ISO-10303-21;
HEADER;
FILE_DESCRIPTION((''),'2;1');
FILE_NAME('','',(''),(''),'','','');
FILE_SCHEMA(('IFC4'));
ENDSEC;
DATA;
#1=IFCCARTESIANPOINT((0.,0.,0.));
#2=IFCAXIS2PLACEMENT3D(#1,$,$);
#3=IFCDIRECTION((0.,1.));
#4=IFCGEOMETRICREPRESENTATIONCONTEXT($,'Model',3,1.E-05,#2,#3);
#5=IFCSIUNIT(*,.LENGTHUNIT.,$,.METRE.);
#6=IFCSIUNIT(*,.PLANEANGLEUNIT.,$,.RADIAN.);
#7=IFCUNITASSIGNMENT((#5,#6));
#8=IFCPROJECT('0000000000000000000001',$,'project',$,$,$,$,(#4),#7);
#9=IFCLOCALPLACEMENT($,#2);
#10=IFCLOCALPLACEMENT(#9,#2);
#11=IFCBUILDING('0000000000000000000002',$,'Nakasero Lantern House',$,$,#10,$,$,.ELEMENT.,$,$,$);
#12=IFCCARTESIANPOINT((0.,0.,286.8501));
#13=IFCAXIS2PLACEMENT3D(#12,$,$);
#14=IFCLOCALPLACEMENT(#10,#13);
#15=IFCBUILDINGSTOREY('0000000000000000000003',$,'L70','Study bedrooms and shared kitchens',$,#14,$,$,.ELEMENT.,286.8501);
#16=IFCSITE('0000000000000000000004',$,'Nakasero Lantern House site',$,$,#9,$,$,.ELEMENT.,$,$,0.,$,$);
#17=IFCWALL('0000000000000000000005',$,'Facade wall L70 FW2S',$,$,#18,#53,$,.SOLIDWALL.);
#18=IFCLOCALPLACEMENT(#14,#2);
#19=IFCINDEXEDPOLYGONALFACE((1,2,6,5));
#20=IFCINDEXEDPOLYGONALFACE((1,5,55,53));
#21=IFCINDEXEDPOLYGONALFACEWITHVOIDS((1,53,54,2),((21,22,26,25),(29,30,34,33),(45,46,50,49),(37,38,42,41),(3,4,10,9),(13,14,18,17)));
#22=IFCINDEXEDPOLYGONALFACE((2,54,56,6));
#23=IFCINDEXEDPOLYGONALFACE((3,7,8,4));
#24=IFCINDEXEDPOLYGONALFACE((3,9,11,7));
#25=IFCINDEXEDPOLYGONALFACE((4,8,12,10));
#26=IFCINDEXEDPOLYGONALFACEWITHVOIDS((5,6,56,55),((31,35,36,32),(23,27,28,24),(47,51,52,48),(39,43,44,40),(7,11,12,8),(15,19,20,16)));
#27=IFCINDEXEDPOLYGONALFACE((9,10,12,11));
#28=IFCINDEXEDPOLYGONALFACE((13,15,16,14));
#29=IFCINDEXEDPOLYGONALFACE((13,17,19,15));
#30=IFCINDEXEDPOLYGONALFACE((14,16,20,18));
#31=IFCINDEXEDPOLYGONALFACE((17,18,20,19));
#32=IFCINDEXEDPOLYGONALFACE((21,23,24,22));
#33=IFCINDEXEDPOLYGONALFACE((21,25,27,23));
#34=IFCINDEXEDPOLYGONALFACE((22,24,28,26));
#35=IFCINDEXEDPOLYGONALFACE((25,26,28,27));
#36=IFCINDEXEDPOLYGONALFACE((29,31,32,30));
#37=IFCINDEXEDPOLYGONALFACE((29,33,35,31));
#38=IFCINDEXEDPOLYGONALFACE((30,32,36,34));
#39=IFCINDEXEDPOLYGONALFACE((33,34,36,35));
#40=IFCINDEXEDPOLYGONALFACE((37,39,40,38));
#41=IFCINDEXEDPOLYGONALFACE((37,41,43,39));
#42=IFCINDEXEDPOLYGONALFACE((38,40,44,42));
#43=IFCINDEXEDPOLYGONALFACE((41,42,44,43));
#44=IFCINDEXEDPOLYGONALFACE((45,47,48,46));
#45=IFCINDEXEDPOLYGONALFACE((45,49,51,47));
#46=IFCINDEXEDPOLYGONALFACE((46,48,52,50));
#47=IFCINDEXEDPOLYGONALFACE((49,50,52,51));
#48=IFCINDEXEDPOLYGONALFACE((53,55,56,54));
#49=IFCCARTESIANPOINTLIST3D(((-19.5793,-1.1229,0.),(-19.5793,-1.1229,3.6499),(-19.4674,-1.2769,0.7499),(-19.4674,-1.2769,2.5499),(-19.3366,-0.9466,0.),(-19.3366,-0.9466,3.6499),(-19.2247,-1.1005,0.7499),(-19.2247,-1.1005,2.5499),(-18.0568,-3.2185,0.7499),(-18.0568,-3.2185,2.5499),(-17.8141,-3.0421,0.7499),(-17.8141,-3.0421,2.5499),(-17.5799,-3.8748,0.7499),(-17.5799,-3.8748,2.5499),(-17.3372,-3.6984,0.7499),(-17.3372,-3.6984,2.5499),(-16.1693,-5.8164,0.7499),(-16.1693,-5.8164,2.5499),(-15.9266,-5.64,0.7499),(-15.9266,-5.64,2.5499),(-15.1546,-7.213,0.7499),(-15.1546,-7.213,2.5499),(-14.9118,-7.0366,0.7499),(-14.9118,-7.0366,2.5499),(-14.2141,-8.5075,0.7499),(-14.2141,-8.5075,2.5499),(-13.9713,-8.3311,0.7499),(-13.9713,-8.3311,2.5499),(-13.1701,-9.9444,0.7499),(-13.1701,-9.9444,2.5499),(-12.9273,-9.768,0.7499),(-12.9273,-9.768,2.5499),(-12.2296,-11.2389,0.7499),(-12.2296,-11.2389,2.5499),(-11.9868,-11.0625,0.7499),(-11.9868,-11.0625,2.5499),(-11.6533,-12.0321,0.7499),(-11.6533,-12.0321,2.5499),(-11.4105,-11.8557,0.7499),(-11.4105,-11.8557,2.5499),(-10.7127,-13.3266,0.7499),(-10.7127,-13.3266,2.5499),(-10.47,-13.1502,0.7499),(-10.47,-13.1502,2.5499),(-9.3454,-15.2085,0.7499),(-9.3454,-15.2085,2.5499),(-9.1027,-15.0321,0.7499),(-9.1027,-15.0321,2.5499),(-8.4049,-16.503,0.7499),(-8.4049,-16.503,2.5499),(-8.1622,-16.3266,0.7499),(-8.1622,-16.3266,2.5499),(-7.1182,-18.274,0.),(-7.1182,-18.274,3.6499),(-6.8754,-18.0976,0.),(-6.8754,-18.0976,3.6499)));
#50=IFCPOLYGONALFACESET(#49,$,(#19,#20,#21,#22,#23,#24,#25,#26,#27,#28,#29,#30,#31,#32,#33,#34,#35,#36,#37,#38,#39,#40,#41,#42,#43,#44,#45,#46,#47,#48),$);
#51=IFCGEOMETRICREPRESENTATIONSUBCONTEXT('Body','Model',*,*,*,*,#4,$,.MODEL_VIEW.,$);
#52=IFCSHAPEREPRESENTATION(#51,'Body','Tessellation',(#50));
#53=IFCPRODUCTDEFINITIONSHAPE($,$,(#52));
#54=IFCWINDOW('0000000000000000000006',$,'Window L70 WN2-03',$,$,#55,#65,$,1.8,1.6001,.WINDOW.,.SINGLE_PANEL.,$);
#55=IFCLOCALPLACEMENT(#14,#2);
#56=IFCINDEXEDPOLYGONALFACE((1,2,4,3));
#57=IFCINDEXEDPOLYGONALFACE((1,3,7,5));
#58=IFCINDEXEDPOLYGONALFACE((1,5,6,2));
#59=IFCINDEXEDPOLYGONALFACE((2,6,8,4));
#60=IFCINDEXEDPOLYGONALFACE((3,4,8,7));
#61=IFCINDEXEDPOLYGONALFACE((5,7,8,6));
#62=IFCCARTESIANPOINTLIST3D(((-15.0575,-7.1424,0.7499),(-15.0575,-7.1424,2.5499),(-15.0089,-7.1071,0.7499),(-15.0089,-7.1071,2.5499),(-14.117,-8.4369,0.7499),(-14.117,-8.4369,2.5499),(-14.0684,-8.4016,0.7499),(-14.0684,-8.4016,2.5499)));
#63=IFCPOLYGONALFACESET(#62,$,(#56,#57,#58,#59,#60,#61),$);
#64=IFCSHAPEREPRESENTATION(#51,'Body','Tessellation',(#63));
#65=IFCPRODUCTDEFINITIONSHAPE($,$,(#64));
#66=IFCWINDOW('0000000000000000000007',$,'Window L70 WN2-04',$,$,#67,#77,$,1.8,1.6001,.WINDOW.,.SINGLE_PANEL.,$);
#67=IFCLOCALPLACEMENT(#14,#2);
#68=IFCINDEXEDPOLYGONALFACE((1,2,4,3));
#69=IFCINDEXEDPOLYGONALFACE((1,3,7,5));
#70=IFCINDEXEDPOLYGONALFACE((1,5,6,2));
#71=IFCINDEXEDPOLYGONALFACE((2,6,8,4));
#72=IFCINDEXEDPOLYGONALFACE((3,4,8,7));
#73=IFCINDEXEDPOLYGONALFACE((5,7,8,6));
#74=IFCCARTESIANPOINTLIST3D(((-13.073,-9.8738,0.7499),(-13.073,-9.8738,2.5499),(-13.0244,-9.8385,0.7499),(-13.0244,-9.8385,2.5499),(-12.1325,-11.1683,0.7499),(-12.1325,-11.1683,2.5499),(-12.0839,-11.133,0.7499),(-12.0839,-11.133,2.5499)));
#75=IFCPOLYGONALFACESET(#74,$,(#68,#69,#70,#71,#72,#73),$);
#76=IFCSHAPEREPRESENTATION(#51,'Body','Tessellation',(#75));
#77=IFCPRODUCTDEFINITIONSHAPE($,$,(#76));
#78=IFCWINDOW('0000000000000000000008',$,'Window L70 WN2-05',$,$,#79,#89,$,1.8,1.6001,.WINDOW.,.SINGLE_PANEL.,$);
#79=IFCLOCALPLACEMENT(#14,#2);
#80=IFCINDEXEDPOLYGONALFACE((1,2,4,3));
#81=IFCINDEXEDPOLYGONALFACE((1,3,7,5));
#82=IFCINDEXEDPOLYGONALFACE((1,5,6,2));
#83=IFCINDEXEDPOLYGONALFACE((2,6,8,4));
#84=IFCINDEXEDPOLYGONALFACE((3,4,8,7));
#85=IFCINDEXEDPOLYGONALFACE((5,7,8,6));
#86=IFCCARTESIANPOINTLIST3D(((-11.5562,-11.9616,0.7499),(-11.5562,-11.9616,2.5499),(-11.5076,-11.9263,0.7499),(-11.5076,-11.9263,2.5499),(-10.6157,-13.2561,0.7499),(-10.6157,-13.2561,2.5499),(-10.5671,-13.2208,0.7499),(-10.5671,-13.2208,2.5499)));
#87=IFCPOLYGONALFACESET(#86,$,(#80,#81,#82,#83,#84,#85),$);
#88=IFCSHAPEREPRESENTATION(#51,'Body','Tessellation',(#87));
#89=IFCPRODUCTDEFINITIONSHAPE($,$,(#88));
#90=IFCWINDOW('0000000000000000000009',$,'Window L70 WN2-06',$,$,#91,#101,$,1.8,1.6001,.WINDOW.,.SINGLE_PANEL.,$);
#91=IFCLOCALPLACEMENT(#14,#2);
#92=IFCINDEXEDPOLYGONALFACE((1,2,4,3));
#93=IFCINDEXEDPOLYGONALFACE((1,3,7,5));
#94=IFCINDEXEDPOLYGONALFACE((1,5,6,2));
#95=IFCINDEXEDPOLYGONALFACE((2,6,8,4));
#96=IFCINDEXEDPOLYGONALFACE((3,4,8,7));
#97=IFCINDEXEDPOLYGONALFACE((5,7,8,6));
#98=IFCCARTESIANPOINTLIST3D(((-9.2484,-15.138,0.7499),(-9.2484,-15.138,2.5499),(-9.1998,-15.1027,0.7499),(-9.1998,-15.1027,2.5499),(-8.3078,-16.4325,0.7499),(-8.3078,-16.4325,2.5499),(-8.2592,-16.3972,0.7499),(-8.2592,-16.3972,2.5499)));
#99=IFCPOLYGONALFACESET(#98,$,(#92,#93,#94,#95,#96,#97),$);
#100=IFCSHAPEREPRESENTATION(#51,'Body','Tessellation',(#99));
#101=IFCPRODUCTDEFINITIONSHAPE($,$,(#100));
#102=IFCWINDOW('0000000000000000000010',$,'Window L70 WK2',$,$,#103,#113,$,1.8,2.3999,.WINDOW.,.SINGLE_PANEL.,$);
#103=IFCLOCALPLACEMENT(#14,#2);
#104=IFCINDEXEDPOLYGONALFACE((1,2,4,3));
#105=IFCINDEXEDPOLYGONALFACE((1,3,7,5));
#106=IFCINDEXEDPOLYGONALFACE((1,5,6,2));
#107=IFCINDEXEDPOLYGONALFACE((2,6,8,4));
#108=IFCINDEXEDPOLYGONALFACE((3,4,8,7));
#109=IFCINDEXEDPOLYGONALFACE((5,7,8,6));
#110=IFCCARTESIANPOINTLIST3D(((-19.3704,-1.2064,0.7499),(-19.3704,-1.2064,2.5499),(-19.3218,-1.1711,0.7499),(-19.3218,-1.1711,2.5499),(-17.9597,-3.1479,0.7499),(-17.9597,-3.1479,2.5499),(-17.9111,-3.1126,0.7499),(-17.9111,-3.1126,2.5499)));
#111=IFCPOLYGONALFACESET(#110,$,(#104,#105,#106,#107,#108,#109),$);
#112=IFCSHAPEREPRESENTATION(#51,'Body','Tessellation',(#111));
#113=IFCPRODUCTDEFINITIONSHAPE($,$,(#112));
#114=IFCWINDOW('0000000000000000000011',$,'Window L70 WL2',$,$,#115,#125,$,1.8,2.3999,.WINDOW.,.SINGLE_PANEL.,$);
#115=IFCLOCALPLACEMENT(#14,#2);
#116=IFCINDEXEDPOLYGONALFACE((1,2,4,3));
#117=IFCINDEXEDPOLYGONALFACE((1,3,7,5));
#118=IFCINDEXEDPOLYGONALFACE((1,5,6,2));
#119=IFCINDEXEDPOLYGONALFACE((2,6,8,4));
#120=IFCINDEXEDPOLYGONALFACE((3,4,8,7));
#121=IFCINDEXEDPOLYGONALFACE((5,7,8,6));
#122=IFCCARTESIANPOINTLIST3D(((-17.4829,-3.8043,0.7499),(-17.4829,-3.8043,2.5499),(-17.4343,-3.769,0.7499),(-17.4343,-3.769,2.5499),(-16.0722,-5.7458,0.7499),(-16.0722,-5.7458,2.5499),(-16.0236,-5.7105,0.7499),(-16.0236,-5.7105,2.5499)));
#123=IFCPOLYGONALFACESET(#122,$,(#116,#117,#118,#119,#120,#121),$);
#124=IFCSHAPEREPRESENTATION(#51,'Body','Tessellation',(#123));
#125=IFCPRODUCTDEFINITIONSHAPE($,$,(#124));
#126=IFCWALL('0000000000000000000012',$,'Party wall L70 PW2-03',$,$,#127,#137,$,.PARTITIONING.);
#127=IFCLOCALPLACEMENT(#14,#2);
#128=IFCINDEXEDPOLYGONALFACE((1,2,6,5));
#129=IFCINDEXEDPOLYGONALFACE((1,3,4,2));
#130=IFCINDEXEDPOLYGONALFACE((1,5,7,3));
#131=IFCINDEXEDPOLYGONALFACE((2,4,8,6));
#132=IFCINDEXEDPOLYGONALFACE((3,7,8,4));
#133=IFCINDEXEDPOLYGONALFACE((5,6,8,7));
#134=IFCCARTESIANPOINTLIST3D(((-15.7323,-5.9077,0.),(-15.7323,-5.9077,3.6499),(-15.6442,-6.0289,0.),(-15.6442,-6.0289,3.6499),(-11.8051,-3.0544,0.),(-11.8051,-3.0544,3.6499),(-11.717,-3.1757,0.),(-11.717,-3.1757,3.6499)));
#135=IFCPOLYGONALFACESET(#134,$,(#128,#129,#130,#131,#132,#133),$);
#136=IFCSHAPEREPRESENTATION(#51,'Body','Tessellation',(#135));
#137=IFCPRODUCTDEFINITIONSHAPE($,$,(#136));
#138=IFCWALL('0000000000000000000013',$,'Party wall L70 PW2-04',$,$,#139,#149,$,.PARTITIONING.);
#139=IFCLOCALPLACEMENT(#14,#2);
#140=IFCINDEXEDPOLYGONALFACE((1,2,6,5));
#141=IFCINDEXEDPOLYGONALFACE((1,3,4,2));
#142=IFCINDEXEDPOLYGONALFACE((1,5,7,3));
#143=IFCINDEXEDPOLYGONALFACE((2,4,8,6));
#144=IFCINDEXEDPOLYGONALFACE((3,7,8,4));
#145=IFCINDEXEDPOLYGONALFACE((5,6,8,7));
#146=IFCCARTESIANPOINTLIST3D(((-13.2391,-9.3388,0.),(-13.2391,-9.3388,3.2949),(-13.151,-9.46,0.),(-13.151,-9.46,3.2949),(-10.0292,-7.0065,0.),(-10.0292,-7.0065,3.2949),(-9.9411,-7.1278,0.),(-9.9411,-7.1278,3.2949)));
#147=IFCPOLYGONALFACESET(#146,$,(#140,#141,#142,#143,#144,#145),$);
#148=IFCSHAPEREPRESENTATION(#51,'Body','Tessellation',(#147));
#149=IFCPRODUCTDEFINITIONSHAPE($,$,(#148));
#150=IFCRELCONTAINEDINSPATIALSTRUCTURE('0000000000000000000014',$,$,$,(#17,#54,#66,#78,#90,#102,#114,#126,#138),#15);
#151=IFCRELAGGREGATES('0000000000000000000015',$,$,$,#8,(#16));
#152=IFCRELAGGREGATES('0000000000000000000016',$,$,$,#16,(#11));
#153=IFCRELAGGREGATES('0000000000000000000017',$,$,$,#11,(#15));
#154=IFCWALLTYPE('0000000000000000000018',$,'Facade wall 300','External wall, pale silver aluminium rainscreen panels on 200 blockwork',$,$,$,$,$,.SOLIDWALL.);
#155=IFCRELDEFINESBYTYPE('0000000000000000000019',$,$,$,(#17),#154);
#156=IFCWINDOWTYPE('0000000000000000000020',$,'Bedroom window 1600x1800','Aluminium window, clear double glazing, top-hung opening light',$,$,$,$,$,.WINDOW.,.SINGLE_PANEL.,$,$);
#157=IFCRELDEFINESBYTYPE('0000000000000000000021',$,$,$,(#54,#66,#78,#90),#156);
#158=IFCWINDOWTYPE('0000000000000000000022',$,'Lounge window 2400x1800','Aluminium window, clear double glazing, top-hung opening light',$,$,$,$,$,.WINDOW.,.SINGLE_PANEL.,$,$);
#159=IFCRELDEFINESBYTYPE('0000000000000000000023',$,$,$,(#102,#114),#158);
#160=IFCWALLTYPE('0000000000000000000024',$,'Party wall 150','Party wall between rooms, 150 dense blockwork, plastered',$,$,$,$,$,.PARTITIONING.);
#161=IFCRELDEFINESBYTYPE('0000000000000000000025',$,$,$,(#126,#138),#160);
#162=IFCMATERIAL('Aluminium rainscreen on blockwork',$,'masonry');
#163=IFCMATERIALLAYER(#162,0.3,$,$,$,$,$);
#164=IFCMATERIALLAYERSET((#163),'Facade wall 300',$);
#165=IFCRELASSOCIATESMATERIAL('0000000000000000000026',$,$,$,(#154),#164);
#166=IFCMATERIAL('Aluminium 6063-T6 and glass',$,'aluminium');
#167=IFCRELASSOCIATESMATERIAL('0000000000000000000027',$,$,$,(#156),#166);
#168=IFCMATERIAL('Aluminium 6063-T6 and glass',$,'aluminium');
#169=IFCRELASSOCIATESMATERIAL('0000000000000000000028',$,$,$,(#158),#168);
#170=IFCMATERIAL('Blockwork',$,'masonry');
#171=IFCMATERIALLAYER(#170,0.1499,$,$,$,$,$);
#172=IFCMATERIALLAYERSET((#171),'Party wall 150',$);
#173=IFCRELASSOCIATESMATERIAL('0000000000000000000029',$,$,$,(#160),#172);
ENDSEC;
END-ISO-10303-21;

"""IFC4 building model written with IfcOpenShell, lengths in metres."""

from ifc_helpers import new_model, si_unit, direction, frame, frame_2d, origin, place, context, subcontext, project, spatial, rectangle, extrude, material, layer, layer_set, type_object, element, fill, save


model = new_model("IFC4")

# Units and contexts
model_context = context("Model", 3, precision=1e-05, world=origin(), true_north=direction((0.0, 1.0)))
body_context = subcontext(model_context, "Body", "Model", "MODEL_VIEW")
ifc_project = project(units=[si_unit("LENGTHUNIT", "METRE"), si_unit("PLANEANGLEUNIT", "RADIAN")], contexts=[model_context])

# Site, building, storey
site_placement = place(None, origin())
site = spatial("IfcSite", under=ifc_project, at=site_placement, Name="Nakasero Lantern House site", CompositionType="ELEMENT", RefElevation=0.0)
building_placement = place(site_placement, origin())
building = spatial("IfcBuilding", under=site, at=building_placement, Name="Nakasero Lantern House", CompositionType="ELEMENT")
storey_placement = place(building_placement, frame((0.0, 0.0, 286.8501)))
storey = spatial("IfcBuildingStorey", under=building, at=storey_placement, Name="L70", Description="Study bedrooms and shared kitchens", CompositionType="ELEMENT", Elevation=286.8501)

# Wall, openings, windows
ifc_material_1 = material(Name="Aluminium rainscreen on blockwork", Category="masonry")
ifc_layer_1 = layer(ifc_material_1, 0.3)
ifc_layer_set_1 = layer_set([ifc_layer_1], Name="Facade wall 300")
wall_type_1 = type_object("IfcWallType", Name="Facade wall 300", Description="External wall, pale silver aluminium rainscreen panels on 200 blockwork", PredefinedType="SOLIDWALL", material=ifc_layer_set_1)
wall_1_placement = place(storey_placement, frame((-19.458, -1.0347, 0.0), z_axis=(0.0, 0.0, 1.0), x_axis=(0.58779, -0.809013, 0.0)))
wall_1 = element("IfcWall", 1, at=wall_1_placement, inside=storey, type_object=wall_type_1, Name="Facade wall L70 FW2S", PredefinedType="SOLIDWALL", context=body_context, shape_type="SweptSolid", body=[
    extrude(rectangle(XDim=21.2, YDim=0.3, at=frame_2d((10.6001, 0.0))), origin(), (0.0, 0.0, 1.0), 3.6499),
])
opening_1_placement = place(wall_1_placement, frame((7.5278, 0.0, 0.75)))
opening_1 = element("IfcOpeningElement", 2, at=opening_1_placement, cuts=wall_1, PredefinedType="OPENING", context=body_context, shape_type="SweptSolid", body=[
    extrude(rectangle(XDim=1.6001, YDim=1.8, at=frame_2d((0.8, 0.8999))), frame((0.0, 0.1699, 0.0), z_axis=(0.0, -1.0, 0.0), x_axis=(1.0, 0.0, 0.0)), (0.0, 0.0, 1.0), 0.3401),
])
opening_2_placement = place(wall_1_placement, frame((10.9041, 0.0, 0.75)))
opening_2 = element("IfcOpeningElement", 3, at=opening_2_placement, cuts=wall_1, PredefinedType="OPENING", context=body_context, shape_type="SweptSolid", body=[
    extrude(rectangle(XDim=1.6001, YDim=1.8, at=frame_2d((0.8, 0.8999))), frame((0.0, 0.1699, 0.0), z_axis=(0.0, -1.0, 0.0), x_axis=(1.0, 0.0, 0.0)), (0.0, 0.0, 1.0), 0.3401),
])
opening_3_placement = place(wall_1_placement, frame((13.4846, 0.0, 0.75)))
opening_3 = element("IfcOpeningElement", 4, at=opening_3_placement, cuts=wall_1, PredefinedType="OPENING", context=body_context, shape_type="SweptSolid", body=[
    extrude(rectangle(XDim=1.6001, YDim=1.8, at=frame_2d((0.8, 0.8999))), frame((0.0, 0.1699, 0.0), z_axis=(0.0, -1.0, 0.0), x_axis=(1.0, 0.0, 0.0)), (0.0, 0.0, 1.0), 0.3401),
])
opening_4_placement = place(wall_1_placement, frame((17.4109, 0.0, 0.75)))
opening_4 = element("IfcOpeningElement", 5, at=opening_4_placement, cuts=wall_1, PredefinedType="OPENING", context=body_context, shape_type="SweptSolid", body=[
    extrude(rectangle(XDim=1.6001, YDim=1.8, at=frame_2d((0.8, 0.8999))), frame((0.0, 0.1699, 0.0), z_axis=(0.0, -1.0, 0.0), x_axis=(1.0, 0.0, 0.0)), (0.0, 0.0, 1.0), 0.3401),
])
opening_5_placement = place(wall_1_placement, frame((0.1904, 0.0, 0.75)))
opening_5 = element("IfcOpeningElement", 6, at=opening_5_placement, cuts=wall_1, PredefinedType="OPENING", context=body_context, shape_type="SweptSolid", body=[
    extrude(rectangle(XDim=2.3999, YDim=1.8, at=frame_2d((1.2, 0.8999))), frame((0.0, 0.1699, 0.0), z_axis=(0.0, -1.0, 0.0), x_axis=(1.0, 0.0, 0.0)), (0.0, 0.0, 1.0), 0.3401),
])
opening_6_placement = place(wall_1_placement, frame((3.4016, 0.0, 0.75)))
opening_6 = element("IfcOpeningElement", 7, at=opening_6_placement, cuts=wall_1, PredefinedType="OPENING", context=body_context, shape_type="SweptSolid", body=[
    extrude(rectangle(XDim=2.3999, YDim=1.8, at=frame_2d((1.2, 0.8999))), frame((0.0, 0.1699, 0.0), z_axis=(0.0, -1.0, 0.0), x_axis=(1.0, 0.0, 0.0)), (0.0, 0.0, 1.0), 0.3401),
])
ifc_material_2 = material(Name="Aluminium 6063-T6 and glass", Category="aluminium")
window_type_1 = type_object("IfcWindowType", Name="Bedroom window 1600x1800", Description="Aluminium window, clear double glazing, top-hung opening light", PartitioningType="SINGLE_PANEL", PredefinedType="WINDOW", material=ifc_material_2)
window_1_placement = place(opening_1_placement, origin())
window_1 = element("IfcWindow", 8, at=window_1_placement, inside=storey, type_object=window_type_1, Name="Window L70 WN2-03", OverallHeight=1.8, OverallWidth=1.6001, PartitioningType="SINGLE_PANEL", PredefinedType="WINDOW", context=body_context, shape_type="SweptSolid", body=[
    extrude(rectangle(XDim=1.6001, YDim=1.8, at=frame_2d((0.8, 0.8999))), frame((0.0, 0.03, 0.0), z_axis=(0.0, -1.0, 0.0), x_axis=(1.0, 0.0, 0.0)), (0.0, 0.0, 1.0), 0.0601),
])
fill(opening_1, window_1)
window_2_placement = place(opening_2_placement, origin())
window_2 = element("IfcWindow", 9, at=window_2_placement, inside=storey, type_object=window_type_1, Name="Window L70 WN2-04", OverallHeight=1.8, OverallWidth=1.6001, PartitioningType="SINGLE_PANEL", PredefinedType="WINDOW", context=body_context, shape_type="SweptSolid", body=[
    extrude(rectangle(XDim=1.6001, YDim=1.8, at=frame_2d((0.8, 0.8999))), frame((0.0, 0.03, 0.0), z_axis=(0.0, -1.0, 0.0), x_axis=(1.0, 0.0, 0.0)), (0.0, 0.0, 1.0), 0.0601),
])
fill(opening_2, window_2)
window_3_placement = place(opening_3_placement, origin())
window_3 = element("IfcWindow", 10, at=window_3_placement, inside=storey, type_object=window_type_1, Name="Window L70 WN2-05", OverallHeight=1.8, OverallWidth=1.6001, PartitioningType="SINGLE_PANEL", PredefinedType="WINDOW", context=body_context, shape_type="SweptSolid", body=[
    extrude(rectangle(XDim=1.6001, YDim=1.8, at=frame_2d((0.8, 0.8999))), frame((0.0, 0.03, 0.0), z_axis=(0.0, -1.0, 0.0), x_axis=(1.0, 0.0, 0.0)), (0.0, 0.0, 1.0), 0.0601),
])
fill(opening_3, window_3)
window_4_placement = place(opening_4_placement, origin())
window_4 = element("IfcWindow", 11, at=window_4_placement, inside=storey, type_object=window_type_1, Name="Window L70 WN2-06", OverallHeight=1.8, OverallWidth=1.6001, PartitioningType="SINGLE_PANEL", PredefinedType="WINDOW", context=body_context, shape_type="SweptSolid", body=[
    extrude(rectangle(XDim=1.6001, YDim=1.8, at=frame_2d((0.8, 0.8999))), frame((0.0, 0.03, 0.0), z_axis=(0.0, -1.0, 0.0), x_axis=(1.0, 0.0, 0.0)), (0.0, 0.0, 1.0), 0.0601),
])
fill(opening_4, window_4)
ifc_material_3 = material(Name="Aluminium 6063-T6 and glass", Category="aluminium")
window_type_2 = type_object("IfcWindowType", Name="Lounge window 2400x1800", Description="Aluminium window, clear double glazing, top-hung opening light", PartitioningType="SINGLE_PANEL", PredefinedType="WINDOW", material=ifc_material_3)
window_5_placement = place(opening_5_placement, origin())
window_5 = element("IfcWindow", 12, at=window_5_placement, inside=storey, type_object=window_type_2, Name="Window L70 WK2", OverallHeight=1.8, OverallWidth=2.3999, PartitioningType="SINGLE_PANEL", PredefinedType="WINDOW", context=body_context, shape_type="SweptSolid", body=[
    extrude(rectangle(XDim=2.3999, YDim=1.8, at=frame_2d((1.2, 0.8999))), frame((0.0, 0.03, 0.0), z_axis=(0.0, -1.0, 0.0), x_axis=(1.0, 0.0, 0.0)), (0.0, 0.0, 1.0), 0.0601),
])
fill(opening_5, window_5)
window_6_placement = place(opening_6_placement, origin())
window_6 = element("IfcWindow", 13, at=window_6_placement, inside=storey, type_object=window_type_2, Name="Window L70 WL2", OverallHeight=1.8, OverallWidth=2.3999, PartitioningType="SINGLE_PANEL", PredefinedType="WINDOW", context=body_context, shape_type="SweptSolid", body=[
    extrude(rectangle(XDim=2.3999, YDim=1.8, at=frame_2d((1.2, 0.8999))), frame((0.0, 0.03, 0.0), z_axis=(0.0, -1.0, 0.0), x_axis=(1.0, 0.0, 0.0)), (0.0, 0.0, 1.0), 0.0601),
])
fill(opening_6, window_6)

# Walls
ifc_material_4 = material(Name="Blockwork", Category="masonry")
ifc_layer_2 = layer(ifc_material_4, 0.1499)
ifc_layer_set_2 = layer_set([ifc_layer_2], Name="Party wall 150")
wall_type_2 = type_object("IfcWallType", Name="Party wall 150", Description="Party wall between rooms, 150 dense blockwork, plastered", PredefinedType="PARTITIONING", material=ifc_layer_set_2)
wall_2_placement = place(storey_placement, frame((-11.761, -3.115, 0.0), z_axis=(0.0, 0.0, 1.0), x_axis=(-0.809021, -0.58778, 0.0)))
element("IfcWall", 14, at=wall_2_placement, inside=storey, type_object=wall_type_2, Name="Party wall L70 PW2-03", PredefinedType="PARTITIONING", context=body_context, shape_type="SweptSolid", body=[
    extrude(rectangle(XDim=4.8542, YDim=0.1499, at=frame_2d((2.4272, 0.0))), origin(), (0.0, 0.0, 1.0), 3.6499),
])
wall_3_placement = place(storey_placement, frame((-9.9851, -7.0671, 0.0), z_axis=(0.0, 0.0, 1.0), x_axis=(-0.809005, -0.587802, 0.0)))
element("IfcWall", 15, at=wall_3_placement, inside=storey, type_object=wall_type_2, Name="Party wall L70 PW2-04", PredefinedType="PARTITIONING", context=body_context, shape_type="SweptSolid", body=[
    extrude(rectangle(XDim=3.9678, YDim=0.1499, at=frame_2d((1.9839, 0.0))), origin(), (0.0, 0.0, 1.0), 3.2949),
])

save(model, "model.ifc")
